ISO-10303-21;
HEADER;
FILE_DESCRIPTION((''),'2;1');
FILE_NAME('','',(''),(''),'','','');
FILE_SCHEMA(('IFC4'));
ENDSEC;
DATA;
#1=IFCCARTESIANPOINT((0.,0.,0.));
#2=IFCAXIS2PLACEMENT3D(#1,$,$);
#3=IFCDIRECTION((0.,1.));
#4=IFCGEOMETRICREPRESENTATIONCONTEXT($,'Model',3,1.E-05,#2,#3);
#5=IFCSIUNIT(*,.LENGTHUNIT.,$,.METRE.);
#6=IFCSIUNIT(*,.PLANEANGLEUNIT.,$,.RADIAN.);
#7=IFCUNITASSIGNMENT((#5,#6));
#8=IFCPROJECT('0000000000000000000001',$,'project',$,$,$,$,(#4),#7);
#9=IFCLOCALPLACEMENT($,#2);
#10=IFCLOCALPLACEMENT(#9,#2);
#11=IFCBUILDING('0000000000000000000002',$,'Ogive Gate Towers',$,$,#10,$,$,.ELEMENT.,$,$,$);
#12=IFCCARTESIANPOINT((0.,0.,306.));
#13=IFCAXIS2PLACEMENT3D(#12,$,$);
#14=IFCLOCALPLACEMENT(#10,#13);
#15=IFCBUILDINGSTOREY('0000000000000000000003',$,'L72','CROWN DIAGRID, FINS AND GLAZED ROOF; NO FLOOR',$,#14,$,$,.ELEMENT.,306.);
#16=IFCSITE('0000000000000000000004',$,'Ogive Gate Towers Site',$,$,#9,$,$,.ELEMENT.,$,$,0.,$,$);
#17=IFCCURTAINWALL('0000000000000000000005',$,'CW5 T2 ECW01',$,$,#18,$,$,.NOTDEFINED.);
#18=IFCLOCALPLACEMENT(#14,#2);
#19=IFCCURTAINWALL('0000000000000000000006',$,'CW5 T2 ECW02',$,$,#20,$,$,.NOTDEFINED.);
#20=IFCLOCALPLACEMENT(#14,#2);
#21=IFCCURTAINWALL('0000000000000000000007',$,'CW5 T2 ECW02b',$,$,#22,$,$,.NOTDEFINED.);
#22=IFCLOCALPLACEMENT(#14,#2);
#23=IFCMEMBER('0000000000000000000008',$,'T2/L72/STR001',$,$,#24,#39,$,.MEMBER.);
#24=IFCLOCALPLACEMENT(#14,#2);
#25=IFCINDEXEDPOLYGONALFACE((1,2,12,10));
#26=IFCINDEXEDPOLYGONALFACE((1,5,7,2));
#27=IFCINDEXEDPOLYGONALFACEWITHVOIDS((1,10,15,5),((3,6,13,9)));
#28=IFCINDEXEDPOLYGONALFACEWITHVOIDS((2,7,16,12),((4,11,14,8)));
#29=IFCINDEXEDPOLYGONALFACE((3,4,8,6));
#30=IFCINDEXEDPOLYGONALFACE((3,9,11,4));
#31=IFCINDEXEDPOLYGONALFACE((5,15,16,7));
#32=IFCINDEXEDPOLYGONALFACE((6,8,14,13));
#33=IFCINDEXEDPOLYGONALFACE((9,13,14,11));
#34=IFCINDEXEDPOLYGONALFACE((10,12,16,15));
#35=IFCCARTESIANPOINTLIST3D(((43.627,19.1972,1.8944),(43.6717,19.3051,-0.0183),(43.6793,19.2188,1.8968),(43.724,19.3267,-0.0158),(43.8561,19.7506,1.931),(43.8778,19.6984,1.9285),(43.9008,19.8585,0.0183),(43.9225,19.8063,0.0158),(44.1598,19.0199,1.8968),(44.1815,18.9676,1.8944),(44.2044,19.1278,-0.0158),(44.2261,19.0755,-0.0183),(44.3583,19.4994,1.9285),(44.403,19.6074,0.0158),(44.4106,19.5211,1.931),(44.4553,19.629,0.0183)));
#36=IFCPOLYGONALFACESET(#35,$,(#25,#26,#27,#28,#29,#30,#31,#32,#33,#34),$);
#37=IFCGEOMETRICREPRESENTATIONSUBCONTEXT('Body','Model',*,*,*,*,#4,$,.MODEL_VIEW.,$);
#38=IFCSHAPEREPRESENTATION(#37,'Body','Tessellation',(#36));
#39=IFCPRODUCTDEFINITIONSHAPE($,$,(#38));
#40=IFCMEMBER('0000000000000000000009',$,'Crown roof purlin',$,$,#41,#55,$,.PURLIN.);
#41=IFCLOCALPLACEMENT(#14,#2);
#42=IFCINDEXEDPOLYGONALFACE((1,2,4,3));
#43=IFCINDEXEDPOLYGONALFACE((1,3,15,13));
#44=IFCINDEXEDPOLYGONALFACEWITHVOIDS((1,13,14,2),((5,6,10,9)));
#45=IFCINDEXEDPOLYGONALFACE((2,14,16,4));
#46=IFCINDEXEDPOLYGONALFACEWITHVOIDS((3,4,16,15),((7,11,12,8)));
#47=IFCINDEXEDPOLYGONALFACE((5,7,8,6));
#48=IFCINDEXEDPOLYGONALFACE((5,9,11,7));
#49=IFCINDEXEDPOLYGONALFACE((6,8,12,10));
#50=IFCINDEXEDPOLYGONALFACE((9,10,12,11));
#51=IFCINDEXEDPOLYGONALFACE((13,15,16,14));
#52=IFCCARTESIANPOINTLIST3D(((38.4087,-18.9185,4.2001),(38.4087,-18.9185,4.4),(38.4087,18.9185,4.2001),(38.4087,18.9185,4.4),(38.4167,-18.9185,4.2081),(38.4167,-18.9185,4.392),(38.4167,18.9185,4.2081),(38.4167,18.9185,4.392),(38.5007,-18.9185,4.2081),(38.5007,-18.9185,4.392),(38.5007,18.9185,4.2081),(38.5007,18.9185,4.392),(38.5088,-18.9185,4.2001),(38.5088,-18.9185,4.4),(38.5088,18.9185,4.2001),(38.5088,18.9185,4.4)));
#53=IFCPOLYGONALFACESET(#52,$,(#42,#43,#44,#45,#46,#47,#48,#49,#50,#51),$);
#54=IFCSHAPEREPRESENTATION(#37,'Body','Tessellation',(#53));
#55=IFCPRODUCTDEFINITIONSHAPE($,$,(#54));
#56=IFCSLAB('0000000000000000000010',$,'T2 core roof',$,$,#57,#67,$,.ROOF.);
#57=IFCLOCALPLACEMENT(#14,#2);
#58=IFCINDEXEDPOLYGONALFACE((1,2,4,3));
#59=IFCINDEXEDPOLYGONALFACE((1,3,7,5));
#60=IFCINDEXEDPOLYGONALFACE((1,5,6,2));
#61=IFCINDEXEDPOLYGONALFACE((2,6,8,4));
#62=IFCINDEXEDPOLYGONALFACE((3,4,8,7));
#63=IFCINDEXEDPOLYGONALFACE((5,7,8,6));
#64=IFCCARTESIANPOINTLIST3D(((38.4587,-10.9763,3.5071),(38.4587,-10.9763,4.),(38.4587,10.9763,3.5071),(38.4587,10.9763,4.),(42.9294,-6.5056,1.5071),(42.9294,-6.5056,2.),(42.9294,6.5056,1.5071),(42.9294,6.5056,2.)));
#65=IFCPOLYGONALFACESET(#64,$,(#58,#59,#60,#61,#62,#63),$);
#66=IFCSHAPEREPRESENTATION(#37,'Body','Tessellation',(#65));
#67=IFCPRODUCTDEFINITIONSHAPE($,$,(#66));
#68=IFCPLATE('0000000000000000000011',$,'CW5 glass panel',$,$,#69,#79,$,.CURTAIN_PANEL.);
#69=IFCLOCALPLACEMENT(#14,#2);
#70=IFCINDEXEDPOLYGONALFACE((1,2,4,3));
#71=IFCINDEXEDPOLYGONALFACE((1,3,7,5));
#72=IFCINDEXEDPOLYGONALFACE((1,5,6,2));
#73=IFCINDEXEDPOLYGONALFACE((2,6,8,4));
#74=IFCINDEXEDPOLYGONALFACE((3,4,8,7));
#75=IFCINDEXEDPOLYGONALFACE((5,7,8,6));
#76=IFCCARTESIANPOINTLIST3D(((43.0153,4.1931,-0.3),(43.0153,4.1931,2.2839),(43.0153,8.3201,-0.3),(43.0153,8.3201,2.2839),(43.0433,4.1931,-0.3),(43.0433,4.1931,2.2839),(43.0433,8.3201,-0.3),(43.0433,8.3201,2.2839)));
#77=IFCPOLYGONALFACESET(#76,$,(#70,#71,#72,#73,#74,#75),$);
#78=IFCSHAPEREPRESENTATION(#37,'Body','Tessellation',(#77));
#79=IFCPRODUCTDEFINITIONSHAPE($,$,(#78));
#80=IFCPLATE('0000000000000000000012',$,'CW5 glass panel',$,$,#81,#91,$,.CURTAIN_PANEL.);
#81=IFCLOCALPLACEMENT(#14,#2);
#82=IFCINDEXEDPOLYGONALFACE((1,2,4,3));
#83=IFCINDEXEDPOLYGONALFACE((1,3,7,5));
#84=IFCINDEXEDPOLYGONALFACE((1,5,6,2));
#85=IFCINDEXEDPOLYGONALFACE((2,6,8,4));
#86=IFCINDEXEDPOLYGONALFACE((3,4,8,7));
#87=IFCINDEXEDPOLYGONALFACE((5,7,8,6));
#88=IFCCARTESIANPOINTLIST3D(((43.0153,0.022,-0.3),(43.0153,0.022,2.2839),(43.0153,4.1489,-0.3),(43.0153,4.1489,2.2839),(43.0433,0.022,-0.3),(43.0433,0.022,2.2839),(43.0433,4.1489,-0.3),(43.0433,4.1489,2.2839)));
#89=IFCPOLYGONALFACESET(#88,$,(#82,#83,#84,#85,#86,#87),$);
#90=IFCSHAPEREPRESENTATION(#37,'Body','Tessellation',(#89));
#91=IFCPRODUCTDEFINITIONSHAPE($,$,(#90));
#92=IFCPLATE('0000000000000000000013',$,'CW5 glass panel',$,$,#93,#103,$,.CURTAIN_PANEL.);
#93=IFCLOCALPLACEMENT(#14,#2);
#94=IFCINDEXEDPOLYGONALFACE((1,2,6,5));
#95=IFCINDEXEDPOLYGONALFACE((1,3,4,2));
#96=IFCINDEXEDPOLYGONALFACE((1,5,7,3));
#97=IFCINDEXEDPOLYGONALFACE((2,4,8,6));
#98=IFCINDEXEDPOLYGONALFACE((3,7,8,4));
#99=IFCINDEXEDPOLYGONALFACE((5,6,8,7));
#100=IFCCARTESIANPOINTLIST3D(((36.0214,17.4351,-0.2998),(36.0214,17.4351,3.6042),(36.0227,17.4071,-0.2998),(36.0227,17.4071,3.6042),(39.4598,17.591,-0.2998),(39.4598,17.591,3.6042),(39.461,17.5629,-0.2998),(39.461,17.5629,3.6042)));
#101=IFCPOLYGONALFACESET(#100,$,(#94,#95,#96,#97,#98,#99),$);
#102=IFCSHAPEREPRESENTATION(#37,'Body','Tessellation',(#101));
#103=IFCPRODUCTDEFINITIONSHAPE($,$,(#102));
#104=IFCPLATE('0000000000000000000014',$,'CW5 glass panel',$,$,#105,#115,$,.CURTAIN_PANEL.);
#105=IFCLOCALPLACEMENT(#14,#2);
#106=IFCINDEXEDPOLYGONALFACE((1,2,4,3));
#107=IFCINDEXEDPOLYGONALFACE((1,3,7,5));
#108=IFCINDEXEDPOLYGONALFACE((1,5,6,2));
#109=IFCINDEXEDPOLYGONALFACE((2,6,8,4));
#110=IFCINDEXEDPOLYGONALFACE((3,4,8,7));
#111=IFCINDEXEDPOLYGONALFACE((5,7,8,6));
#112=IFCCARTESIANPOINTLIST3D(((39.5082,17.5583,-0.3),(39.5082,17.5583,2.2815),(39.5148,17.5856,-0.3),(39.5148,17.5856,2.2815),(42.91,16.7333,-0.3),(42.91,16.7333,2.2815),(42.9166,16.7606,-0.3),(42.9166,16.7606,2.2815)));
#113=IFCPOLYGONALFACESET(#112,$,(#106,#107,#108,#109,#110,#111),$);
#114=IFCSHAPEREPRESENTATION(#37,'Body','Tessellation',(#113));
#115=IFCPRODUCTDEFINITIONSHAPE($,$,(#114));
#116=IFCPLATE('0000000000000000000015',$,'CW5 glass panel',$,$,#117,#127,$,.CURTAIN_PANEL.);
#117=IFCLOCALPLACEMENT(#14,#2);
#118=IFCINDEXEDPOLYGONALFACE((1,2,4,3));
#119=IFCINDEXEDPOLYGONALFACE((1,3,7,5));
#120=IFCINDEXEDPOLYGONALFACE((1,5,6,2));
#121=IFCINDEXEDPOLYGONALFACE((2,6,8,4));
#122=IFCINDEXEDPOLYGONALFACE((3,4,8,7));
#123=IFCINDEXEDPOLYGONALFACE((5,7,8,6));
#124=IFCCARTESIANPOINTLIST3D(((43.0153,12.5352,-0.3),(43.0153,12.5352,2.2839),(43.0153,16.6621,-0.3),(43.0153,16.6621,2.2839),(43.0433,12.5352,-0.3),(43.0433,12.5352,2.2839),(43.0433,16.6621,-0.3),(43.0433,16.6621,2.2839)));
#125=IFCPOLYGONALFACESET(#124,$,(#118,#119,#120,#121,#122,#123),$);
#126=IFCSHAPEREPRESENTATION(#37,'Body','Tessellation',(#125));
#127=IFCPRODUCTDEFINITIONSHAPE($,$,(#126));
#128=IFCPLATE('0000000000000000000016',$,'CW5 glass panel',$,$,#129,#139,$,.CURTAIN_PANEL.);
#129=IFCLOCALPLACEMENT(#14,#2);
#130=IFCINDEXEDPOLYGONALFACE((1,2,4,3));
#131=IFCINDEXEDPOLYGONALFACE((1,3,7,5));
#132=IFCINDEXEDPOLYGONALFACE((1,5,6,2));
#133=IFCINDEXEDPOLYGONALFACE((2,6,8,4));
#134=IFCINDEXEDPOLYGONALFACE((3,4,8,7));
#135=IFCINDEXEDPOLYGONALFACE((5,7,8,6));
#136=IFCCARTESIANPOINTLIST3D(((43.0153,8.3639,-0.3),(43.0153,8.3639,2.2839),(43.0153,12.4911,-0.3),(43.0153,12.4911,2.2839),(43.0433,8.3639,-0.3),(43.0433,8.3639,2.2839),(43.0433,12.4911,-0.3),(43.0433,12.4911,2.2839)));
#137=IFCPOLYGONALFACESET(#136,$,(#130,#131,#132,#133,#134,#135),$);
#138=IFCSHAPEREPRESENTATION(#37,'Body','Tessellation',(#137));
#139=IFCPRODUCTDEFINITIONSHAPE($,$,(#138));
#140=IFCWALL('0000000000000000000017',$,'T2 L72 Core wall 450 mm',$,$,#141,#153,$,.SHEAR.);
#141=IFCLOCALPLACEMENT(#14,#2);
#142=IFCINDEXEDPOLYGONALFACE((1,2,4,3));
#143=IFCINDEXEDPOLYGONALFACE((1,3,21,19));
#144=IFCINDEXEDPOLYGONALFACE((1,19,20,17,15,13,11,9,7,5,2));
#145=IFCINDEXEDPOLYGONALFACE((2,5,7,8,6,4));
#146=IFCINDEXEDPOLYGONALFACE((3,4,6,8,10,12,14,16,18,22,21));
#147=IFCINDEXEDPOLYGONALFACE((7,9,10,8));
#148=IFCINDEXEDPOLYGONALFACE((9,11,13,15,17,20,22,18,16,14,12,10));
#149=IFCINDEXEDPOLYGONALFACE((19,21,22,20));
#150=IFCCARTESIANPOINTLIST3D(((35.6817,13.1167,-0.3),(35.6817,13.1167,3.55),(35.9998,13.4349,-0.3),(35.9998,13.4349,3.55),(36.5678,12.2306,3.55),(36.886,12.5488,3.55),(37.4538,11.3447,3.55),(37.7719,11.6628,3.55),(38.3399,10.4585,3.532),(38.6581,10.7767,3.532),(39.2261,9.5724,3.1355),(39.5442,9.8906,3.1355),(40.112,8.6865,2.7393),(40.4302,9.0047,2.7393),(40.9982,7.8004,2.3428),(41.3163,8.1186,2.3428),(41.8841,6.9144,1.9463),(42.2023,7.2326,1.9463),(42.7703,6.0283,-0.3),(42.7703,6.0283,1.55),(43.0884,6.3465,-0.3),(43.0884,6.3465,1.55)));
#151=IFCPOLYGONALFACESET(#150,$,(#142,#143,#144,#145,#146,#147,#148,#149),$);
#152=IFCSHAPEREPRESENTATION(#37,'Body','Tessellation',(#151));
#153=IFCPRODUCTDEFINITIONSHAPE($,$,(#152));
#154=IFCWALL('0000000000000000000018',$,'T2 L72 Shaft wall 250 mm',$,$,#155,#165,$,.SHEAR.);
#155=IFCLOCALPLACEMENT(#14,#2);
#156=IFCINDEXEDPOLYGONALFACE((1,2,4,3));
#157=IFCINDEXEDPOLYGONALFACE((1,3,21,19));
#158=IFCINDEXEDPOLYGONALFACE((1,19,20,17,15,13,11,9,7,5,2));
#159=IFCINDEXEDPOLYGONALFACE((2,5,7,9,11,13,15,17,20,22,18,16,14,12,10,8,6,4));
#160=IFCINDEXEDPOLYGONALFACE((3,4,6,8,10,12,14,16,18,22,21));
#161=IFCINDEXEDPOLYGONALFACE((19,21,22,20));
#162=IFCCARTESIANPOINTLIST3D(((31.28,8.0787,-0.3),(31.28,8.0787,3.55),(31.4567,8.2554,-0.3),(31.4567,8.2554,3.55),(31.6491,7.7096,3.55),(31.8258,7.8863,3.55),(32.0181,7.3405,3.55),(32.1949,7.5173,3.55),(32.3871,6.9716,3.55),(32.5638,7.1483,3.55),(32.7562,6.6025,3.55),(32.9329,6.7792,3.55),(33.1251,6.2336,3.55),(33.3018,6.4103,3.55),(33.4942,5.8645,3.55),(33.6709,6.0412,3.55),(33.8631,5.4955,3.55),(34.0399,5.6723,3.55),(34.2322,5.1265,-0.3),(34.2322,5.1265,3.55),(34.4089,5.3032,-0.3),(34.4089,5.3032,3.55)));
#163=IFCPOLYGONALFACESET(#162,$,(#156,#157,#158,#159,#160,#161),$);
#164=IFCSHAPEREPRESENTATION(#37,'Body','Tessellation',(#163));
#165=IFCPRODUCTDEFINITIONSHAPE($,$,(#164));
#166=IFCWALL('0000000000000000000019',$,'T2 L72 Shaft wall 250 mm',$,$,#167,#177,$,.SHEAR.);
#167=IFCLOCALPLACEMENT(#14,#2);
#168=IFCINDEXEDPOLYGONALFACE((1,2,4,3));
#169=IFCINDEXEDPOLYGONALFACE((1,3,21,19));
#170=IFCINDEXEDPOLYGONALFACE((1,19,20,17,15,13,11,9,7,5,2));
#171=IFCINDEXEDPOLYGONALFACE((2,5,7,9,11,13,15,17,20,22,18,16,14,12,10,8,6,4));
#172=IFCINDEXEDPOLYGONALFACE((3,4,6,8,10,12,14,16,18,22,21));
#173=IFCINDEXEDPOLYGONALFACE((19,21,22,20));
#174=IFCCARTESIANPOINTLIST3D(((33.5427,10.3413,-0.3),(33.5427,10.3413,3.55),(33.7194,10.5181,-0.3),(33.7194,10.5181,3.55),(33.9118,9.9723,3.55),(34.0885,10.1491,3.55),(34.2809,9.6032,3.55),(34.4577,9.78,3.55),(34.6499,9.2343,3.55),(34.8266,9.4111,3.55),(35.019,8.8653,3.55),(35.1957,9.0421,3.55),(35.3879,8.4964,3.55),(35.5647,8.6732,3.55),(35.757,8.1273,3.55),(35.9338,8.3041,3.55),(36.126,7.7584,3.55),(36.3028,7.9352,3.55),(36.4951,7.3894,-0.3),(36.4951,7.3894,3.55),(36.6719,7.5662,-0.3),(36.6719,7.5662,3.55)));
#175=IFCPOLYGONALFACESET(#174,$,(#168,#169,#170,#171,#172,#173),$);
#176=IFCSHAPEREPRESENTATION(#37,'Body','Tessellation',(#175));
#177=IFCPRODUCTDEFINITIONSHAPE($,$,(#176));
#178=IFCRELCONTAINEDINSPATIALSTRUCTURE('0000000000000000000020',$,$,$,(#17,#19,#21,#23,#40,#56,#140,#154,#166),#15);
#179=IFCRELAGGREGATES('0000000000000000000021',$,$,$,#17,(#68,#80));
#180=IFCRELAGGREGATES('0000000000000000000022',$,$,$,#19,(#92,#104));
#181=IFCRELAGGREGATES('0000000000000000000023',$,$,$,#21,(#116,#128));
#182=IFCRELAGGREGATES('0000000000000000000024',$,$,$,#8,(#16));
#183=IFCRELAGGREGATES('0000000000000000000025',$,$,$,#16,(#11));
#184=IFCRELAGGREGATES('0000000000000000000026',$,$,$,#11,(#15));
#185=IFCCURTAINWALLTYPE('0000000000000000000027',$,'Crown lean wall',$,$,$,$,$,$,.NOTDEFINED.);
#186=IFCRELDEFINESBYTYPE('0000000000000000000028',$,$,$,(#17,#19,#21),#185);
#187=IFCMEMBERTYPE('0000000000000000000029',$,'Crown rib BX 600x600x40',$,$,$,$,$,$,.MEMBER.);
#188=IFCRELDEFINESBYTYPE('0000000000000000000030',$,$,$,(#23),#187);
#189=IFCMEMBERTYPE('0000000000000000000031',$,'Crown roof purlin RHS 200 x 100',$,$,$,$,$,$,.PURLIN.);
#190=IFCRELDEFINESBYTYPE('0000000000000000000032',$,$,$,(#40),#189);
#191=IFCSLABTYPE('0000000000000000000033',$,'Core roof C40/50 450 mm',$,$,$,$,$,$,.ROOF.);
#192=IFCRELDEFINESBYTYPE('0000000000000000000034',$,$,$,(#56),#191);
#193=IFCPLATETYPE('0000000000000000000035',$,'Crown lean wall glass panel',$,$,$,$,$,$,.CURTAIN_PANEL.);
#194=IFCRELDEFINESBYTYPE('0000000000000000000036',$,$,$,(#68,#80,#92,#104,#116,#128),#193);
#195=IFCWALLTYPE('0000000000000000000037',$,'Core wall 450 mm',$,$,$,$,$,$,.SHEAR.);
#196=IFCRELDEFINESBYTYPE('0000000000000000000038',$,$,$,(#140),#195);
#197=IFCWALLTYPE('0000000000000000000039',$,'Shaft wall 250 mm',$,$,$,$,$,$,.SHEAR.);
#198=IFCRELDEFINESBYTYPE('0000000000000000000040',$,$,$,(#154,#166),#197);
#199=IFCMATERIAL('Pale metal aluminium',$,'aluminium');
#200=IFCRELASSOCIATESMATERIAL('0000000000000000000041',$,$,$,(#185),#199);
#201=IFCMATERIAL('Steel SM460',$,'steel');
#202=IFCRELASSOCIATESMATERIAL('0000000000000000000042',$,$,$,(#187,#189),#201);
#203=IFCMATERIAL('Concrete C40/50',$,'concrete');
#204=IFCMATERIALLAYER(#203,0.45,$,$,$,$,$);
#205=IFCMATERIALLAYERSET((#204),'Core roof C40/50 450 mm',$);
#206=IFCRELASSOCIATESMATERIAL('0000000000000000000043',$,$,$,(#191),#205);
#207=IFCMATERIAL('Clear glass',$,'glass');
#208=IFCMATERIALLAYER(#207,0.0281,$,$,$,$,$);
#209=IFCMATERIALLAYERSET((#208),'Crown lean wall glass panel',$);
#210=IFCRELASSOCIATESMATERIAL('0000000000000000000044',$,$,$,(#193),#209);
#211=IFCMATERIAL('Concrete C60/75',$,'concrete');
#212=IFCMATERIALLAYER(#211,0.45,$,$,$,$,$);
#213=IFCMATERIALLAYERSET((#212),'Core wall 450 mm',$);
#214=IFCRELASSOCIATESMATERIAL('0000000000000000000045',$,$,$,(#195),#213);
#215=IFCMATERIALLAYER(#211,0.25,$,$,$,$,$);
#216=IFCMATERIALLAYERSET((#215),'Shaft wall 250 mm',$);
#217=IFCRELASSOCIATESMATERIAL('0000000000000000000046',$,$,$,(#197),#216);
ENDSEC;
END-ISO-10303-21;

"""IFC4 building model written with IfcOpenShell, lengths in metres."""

from ifc_helpers import new_model, si_unit, direction, frame, origin, origin_2d, place, context, subcontext, project, spatial, polyline, rectangle, hollow_rectangle, outline, extrude, material, layer, layer_set, material_profile, profile_set, type_object, element, aggregate, save


model = new_model("IFC4")

# Units and contexts
model_context = context("Model", 3, precision=1e-05, world=origin(), true_north=direction((0.0, 1.0)))
body_context = subcontext(model_context, "Body", "Model", "MODEL_VIEW")
ifc_project = project(units=[si_unit("LENGTHUNIT", "METRE"), si_unit("PLANEANGLEUNIT", "RADIAN")], contexts=[model_context])

# Site, building, storey
site_placement = place(None, origin())
site = spatial("IfcSite", under=ifc_project, at=site_placement, Name="Ogive Gate Towers Site", CompositionType="ELEMENT", RefElevation=0.0)
building_placement = place(site_placement, origin())
building = spatial("IfcBuilding", under=site, at=building_placement, Name="Ogive Gate Towers", CompositionType="ELEMENT")
storey_placement = place(building_placement, frame((0.0, 0.0, 306.0)))
storey = spatial("IfcBuildingStorey", under=building, at=storey_placement, Name="L72", Description="CROWN DIAGRID, FINS AND GLAZED ROOF; NO FLOOR", CompositionType="ELEMENT", Elevation=306.0)

# Curtain walls
ifc_material_1 = material(Name="Pale metal aluminium", Category="aluminium")
curtain_wall_type = type_object("IfcCurtainWallType", Name="Crown lean wall", PredefinedType="NOTDEFINED", material=ifc_material_1)
curtain_wall_1_placement = place(storey_placement, origin())
curtain_wall_1 = element("IfcCurtainWall", 1, at=curtain_wall_1_placement, inside=storey, type_object=curtain_wall_type, Name="CW5 T2 ECW01", PredefinedType="NOTDEFINED")
curtain_wall_2_placement = place(storey_placement, origin())
curtain_wall_2 = element("IfcCurtainWall", 2, at=curtain_wall_2_placement, inside=storey, type_object=curtain_wall_type, Name="CW5 T2 ECW02", PredefinedType="NOTDEFINED")
curtain_wall_3_placement = place(storey_placement, origin())
curtain_wall_3 = element("IfcCurtainWall", 3, at=curtain_wall_3_placement, inside=storey, type_object=curtain_wall_type, Name="CW5 T2 ECW02b", PredefinedType="NOTDEFINED")

# Members
ifc_material_2 = material(Name="Steel SM460", Category="steel")
ifc_material_profile_1 = material_profile(ifc_material_2, hollow_rectangle(XDim=0.6001, YDim=0.6001, WallThickness=0.04, at=origin_2d()), Name="BX 600x600x40")
ifc_profile_set_1 = profile_set([ifc_material_profile_1], Name="Steel SM460")
member_type_1 = type_object("IfcMemberType", Name="Crown rib BX 600x600x40", PredefinedType="MEMBER", material=ifc_profile_set_1)
member_1_placement = place(storey_placement, frame((44.0635, 19.467, 0.0), z_axis=(-0.023316, -0.056316, 0.998141), x_axis=(0.92394, -0.382536, 0.0)))
element("IfcMember", 4, at=member_1_placement, inside=storey, type_object=member_type_1, Name="T2/L72/STR001", PredefinedType="MEMBER", context=body_context, shape_type="SweptSolid", body=[
    extrude(hollow_rectangle(XDim=0.6001, YDim=0.6001, WallThickness=0.04, at=origin_2d()), origin(), (0.0, 0.0, 1.0), 1.9163),
])
ifc_material_profile_2 = material_profile(ifc_material_2, hollow_rectangle(XDim=0.1001, YDim=0.2, WallThickness=0.0081, at=origin_2d()), Name="RHS 200x100x8")
ifc_profile_set_2 = profile_set([ifc_material_profile_2], Name="Steel SM460")
member_type_2 = type_object("IfcMemberType", Name="Crown roof purlin RHS 200 x 100", PredefinedType="PURLIN", material=ifc_profile_set_2)
member_2_placement = place(storey_placement, frame((38.4587, 18.9185, 4.3), z_axis=(0.0, -1.0, 0.0), x_axis=(1.0, 0.0, 0.0)))
element("IfcMember", 5, at=member_2_placement, inside=storey, type_object=member_type_2, Name="Crown roof purlin", PredefinedType="PURLIN", context=body_context, shape_type="SweptSolid", body=[
    extrude(hollow_rectangle(XDim=0.1001, YDim=0.2, WallThickness=0.0081, at=origin_2d()), origin(), (0.0, 0.0, 1.0), 37.8369),
])

# Slab
ifc_material_3 = material(Name="Concrete C40/50", Category="concrete")
ifc_layer_1 = layer(ifc_material_3, 0.45)
ifc_layer_set_1 = layer_set([ifc_layer_1], Name="Core roof C40/50 450 mm")
slab_type = type_object("IfcSlabType", Name="Core roof C40/50 450 mm", PredefinedType="ROOF", material=ifc_layer_set_1)
slab_placement = place(storey_placement, frame((42.9294, 6.5056, 2.0), z_axis=(0.408357, 0.0, 0.912822), x_axis=(0.0, -1.0, 0.0)))
element("IfcSlab", 6, at=slab_placement, inside=storey, type_object=slab_type, Name="T2 core roof", PredefinedType="ROOF", context=body_context, shape_type="SweptSolid", body=[
    extrude(outline(polyline([(0.0, 0.0), (13.0112, 0.0), (17.4819, -4.8977), (-4.4707, -4.8977), (0.0, 0.0)])), origin(), (0.0, 0.408357, -0.912822), 0.4929),
])

# Plates
ifc_material_4 = material(Name="Clear glass", Category="glass")
ifc_layer_2 = layer(ifc_material_4, 0.0281)
ifc_layer_set_2 = layer_set([ifc_layer_2], Name="Crown lean wall glass panel")
plate_type = type_object("IfcPlateType", Name="Crown lean wall glass panel", PredefinedType="CURTAIN_PANEL", material=ifc_layer_set_2)
plate_1_placement = place(storey_placement, frame((43.0293, 6.2566, -0.3), z_axis=(0.0, 0.0, 1.0), x_axis=(0.0, -1.0, 0.0)))
plate_1 = element("IfcPlate", 7, at=plate_1_placement, type_object=plate_type, Name="CW5 glass panel", PredefinedType="CURTAIN_PANEL", context=body_context, shape_type="SweptSolid", body=[
    extrude(rectangle(XDim=4.127, YDim=0.0281, at=origin_2d()), origin(), (0.0, 0.0, 1.0), 2.584),
])
plate_2_placement = place(storey_placement, frame((43.0293, 2.0854, -0.3), z_axis=(0.0, 0.0, 1.0), x_axis=(0.0, -1.0, 0.0)))
plate_2 = element("IfcPlate", 8, at=plate_2_placement, type_object=plate_type, Name="CW5 glass panel", PredefinedType="CURTAIN_PANEL", context=body_context, shape_type="SweptSolid", body=[
    extrude(rectangle(XDim=4.127, YDim=0.0281, at=origin_2d()), origin(), (0.0, 0.0, 1.0), 2.584),
])
aggregate(curtain_wall_1, [plate_1, plate_2])
plate_3_placement = place(storey_placement, frame((37.7412, 17.499, -0.2998), z_axis=(0.0, 0.0, 1.0), x_axis=(0.998975, 0.045276, 0.0)))
plate_3 = element("IfcPlate", 9, at=plate_3_placement, type_object=plate_type, Name="CW5 glass panel", PredefinedType="CURTAIN_PANEL", context=body_context, shape_type="SweptSolid", body=[
    extrude(rectangle(XDim=3.4419, YDim=0.0281, at=origin_2d()), origin(), (0.0, 0.0, 1.0), 3.9041),
])
plate_4_placement = place(storey_placement, frame((41.2124, 17.1594, -0.3), z_axis=(0.0, 0.0, 1.0), x_axis=(0.97183, -0.235685, 0.0)))
plate_4 = element("IfcPlate", 10, at=plate_4_placement, type_object=plate_type, Name="CW5 glass panel", PredefinedType="CURTAIN_PANEL", context=body_context, shape_type="SweptSolid", body=[
    extrude(rectangle(XDim=3.5005, YDim=0.0281, at=origin_2d()), origin(), (0.0, 0.0, 1.0), 2.5815),
])
aggregate(curtain_wall_2, [plate_3, plate_4])
plate_5_placement = place(storey_placement, frame((43.0293, 14.5986, -0.3), z_axis=(0.0, 0.0, 1.0), x_axis=(0.0, -1.0, 0.0)))
plate_5 = element("IfcPlate", 11, at=plate_5_placement, type_object=plate_type, Name="CW5 glass panel", PredefinedType="CURTAIN_PANEL", context=body_context, shape_type="SweptSolid", body=[
    extrude(rectangle(XDim=4.127, YDim=0.0281, at=origin_2d()), origin(), (0.0, 0.0, 1.0), 2.584),
])
plate_6_placement = place(storey_placement, frame((43.0293, 10.4275, -0.3), z_axis=(0.0, 0.0, 1.0), x_axis=(0.0, -1.0, 0.0)))
plate_6 = element("IfcPlate", 12, at=plate_6_placement, type_object=plate_type, Name="CW5 glass panel", PredefinedType="CURTAIN_PANEL", context=body_context, shape_type="SweptSolid", body=[
    extrude(rectangle(XDim=4.1272, YDim=0.0281, at=origin_2d()), origin(), (0.0, 0.0, 1.0), 2.584),
])
aggregate(curtain_wall_3, [plate_5, plate_6])

# Walls
ifc_material_5 = material(Name="Concrete C60/75", Category="concrete")
ifc_layer_3 = layer(ifc_material_5, 0.45)
ifc_layer_set_3 = layer_set([ifc_layer_3], Name="Core wall 450 mm")
wall_type_1 = type_object("IfcWallType", Name="Core wall 450 mm", PredefinedType="SHEAR", material=ifc_layer_set_3)
wall_1_placement = place(storey_placement, frame((42.9294, 6.1875, -0.3), z_axis=(0.0, 0.0, 1.0), x_axis=(-0.707119, 0.707095, 0.0)))
element("IfcWall", 13, at=wall_1_placement, inside=storey, type_object=wall_type_1, Name="T2 L72 Core wall 450 mm", PredefinedType="SHEAR", context=body_context, shape_type="SweptSolid", body=[
    extrude(outline(polyline([(0.0, 0.0), (10.0247, 0.0), (10.0247, 3.8501), (8.7715, 3.8501), (7.5186, 3.8501), (6.2654, 3.832), (5.0122, 3.4355), (3.7593, 3.0393), (2.5061, 2.6428), (1.2532, 2.2463), (0.0, 1.8501), (0.0, 0.0)])), frame((0.0, 0.2251, 0.0), z_axis=(0.0, -1.0, 0.0), x_axis=(1.0, 0.0, 0.0)), (0.0, 0.0, 1.0), 0.45),
])
ifc_layer_4 = layer(ifc_material_5, 0.25)
ifc_layer_set_4 = layer_set([ifc_layer_4], Name="Shaft wall 250 mm")
wall_type_2 = type_object("IfcWallType", Name="Shaft wall 250 mm", PredefinedType="SHEAR", material=ifc_layer_set_4)
for number, where, z_axis, x_axis, name in (
    (14, (34.3206, 5.2148, -0.3), (0.0, 0.0, 1.0), (-0.707107, 0.707107, 0.0), "T2 L72 Shaft wall 250 mm"),
    (15, (36.5835, 7.4778, -0.3), (0.0, 0.0, 1.0), (-0.707165, 0.707048, 0.0), "T2 L72 Shaft wall 250 mm"),
):
    element("IfcWall", number, at=place(storey_placement, frame(where, z_axis=z_axis, x_axis=x_axis)), inside=storey, type_object=wall_type_2, Name=name, PredefinedType="SHEAR", context=body_context, shape_type="SweptSolid", body=[
        extrude(outline(polyline([(0.0, 0.0), (4.175, 0.0), (4.175, 3.8501), (3.6531, 3.8501), (3.1311, 3.8501), (2.6094, 3.8501), (2.0874, 3.8501), (1.5657, 3.8501), (1.0437, 3.8501), (0.522, 3.8501), (0.0, 3.8501), (0.0, 0.0)])), frame((0.0, 0.125, 0.0), z_axis=(0.0, -1.0, 0.0), x_axis=(1.0, 0.0, 0.0)), (0.0, 0.0, 1.0), 0.25),
    ])

save(model, "model.ifc")
